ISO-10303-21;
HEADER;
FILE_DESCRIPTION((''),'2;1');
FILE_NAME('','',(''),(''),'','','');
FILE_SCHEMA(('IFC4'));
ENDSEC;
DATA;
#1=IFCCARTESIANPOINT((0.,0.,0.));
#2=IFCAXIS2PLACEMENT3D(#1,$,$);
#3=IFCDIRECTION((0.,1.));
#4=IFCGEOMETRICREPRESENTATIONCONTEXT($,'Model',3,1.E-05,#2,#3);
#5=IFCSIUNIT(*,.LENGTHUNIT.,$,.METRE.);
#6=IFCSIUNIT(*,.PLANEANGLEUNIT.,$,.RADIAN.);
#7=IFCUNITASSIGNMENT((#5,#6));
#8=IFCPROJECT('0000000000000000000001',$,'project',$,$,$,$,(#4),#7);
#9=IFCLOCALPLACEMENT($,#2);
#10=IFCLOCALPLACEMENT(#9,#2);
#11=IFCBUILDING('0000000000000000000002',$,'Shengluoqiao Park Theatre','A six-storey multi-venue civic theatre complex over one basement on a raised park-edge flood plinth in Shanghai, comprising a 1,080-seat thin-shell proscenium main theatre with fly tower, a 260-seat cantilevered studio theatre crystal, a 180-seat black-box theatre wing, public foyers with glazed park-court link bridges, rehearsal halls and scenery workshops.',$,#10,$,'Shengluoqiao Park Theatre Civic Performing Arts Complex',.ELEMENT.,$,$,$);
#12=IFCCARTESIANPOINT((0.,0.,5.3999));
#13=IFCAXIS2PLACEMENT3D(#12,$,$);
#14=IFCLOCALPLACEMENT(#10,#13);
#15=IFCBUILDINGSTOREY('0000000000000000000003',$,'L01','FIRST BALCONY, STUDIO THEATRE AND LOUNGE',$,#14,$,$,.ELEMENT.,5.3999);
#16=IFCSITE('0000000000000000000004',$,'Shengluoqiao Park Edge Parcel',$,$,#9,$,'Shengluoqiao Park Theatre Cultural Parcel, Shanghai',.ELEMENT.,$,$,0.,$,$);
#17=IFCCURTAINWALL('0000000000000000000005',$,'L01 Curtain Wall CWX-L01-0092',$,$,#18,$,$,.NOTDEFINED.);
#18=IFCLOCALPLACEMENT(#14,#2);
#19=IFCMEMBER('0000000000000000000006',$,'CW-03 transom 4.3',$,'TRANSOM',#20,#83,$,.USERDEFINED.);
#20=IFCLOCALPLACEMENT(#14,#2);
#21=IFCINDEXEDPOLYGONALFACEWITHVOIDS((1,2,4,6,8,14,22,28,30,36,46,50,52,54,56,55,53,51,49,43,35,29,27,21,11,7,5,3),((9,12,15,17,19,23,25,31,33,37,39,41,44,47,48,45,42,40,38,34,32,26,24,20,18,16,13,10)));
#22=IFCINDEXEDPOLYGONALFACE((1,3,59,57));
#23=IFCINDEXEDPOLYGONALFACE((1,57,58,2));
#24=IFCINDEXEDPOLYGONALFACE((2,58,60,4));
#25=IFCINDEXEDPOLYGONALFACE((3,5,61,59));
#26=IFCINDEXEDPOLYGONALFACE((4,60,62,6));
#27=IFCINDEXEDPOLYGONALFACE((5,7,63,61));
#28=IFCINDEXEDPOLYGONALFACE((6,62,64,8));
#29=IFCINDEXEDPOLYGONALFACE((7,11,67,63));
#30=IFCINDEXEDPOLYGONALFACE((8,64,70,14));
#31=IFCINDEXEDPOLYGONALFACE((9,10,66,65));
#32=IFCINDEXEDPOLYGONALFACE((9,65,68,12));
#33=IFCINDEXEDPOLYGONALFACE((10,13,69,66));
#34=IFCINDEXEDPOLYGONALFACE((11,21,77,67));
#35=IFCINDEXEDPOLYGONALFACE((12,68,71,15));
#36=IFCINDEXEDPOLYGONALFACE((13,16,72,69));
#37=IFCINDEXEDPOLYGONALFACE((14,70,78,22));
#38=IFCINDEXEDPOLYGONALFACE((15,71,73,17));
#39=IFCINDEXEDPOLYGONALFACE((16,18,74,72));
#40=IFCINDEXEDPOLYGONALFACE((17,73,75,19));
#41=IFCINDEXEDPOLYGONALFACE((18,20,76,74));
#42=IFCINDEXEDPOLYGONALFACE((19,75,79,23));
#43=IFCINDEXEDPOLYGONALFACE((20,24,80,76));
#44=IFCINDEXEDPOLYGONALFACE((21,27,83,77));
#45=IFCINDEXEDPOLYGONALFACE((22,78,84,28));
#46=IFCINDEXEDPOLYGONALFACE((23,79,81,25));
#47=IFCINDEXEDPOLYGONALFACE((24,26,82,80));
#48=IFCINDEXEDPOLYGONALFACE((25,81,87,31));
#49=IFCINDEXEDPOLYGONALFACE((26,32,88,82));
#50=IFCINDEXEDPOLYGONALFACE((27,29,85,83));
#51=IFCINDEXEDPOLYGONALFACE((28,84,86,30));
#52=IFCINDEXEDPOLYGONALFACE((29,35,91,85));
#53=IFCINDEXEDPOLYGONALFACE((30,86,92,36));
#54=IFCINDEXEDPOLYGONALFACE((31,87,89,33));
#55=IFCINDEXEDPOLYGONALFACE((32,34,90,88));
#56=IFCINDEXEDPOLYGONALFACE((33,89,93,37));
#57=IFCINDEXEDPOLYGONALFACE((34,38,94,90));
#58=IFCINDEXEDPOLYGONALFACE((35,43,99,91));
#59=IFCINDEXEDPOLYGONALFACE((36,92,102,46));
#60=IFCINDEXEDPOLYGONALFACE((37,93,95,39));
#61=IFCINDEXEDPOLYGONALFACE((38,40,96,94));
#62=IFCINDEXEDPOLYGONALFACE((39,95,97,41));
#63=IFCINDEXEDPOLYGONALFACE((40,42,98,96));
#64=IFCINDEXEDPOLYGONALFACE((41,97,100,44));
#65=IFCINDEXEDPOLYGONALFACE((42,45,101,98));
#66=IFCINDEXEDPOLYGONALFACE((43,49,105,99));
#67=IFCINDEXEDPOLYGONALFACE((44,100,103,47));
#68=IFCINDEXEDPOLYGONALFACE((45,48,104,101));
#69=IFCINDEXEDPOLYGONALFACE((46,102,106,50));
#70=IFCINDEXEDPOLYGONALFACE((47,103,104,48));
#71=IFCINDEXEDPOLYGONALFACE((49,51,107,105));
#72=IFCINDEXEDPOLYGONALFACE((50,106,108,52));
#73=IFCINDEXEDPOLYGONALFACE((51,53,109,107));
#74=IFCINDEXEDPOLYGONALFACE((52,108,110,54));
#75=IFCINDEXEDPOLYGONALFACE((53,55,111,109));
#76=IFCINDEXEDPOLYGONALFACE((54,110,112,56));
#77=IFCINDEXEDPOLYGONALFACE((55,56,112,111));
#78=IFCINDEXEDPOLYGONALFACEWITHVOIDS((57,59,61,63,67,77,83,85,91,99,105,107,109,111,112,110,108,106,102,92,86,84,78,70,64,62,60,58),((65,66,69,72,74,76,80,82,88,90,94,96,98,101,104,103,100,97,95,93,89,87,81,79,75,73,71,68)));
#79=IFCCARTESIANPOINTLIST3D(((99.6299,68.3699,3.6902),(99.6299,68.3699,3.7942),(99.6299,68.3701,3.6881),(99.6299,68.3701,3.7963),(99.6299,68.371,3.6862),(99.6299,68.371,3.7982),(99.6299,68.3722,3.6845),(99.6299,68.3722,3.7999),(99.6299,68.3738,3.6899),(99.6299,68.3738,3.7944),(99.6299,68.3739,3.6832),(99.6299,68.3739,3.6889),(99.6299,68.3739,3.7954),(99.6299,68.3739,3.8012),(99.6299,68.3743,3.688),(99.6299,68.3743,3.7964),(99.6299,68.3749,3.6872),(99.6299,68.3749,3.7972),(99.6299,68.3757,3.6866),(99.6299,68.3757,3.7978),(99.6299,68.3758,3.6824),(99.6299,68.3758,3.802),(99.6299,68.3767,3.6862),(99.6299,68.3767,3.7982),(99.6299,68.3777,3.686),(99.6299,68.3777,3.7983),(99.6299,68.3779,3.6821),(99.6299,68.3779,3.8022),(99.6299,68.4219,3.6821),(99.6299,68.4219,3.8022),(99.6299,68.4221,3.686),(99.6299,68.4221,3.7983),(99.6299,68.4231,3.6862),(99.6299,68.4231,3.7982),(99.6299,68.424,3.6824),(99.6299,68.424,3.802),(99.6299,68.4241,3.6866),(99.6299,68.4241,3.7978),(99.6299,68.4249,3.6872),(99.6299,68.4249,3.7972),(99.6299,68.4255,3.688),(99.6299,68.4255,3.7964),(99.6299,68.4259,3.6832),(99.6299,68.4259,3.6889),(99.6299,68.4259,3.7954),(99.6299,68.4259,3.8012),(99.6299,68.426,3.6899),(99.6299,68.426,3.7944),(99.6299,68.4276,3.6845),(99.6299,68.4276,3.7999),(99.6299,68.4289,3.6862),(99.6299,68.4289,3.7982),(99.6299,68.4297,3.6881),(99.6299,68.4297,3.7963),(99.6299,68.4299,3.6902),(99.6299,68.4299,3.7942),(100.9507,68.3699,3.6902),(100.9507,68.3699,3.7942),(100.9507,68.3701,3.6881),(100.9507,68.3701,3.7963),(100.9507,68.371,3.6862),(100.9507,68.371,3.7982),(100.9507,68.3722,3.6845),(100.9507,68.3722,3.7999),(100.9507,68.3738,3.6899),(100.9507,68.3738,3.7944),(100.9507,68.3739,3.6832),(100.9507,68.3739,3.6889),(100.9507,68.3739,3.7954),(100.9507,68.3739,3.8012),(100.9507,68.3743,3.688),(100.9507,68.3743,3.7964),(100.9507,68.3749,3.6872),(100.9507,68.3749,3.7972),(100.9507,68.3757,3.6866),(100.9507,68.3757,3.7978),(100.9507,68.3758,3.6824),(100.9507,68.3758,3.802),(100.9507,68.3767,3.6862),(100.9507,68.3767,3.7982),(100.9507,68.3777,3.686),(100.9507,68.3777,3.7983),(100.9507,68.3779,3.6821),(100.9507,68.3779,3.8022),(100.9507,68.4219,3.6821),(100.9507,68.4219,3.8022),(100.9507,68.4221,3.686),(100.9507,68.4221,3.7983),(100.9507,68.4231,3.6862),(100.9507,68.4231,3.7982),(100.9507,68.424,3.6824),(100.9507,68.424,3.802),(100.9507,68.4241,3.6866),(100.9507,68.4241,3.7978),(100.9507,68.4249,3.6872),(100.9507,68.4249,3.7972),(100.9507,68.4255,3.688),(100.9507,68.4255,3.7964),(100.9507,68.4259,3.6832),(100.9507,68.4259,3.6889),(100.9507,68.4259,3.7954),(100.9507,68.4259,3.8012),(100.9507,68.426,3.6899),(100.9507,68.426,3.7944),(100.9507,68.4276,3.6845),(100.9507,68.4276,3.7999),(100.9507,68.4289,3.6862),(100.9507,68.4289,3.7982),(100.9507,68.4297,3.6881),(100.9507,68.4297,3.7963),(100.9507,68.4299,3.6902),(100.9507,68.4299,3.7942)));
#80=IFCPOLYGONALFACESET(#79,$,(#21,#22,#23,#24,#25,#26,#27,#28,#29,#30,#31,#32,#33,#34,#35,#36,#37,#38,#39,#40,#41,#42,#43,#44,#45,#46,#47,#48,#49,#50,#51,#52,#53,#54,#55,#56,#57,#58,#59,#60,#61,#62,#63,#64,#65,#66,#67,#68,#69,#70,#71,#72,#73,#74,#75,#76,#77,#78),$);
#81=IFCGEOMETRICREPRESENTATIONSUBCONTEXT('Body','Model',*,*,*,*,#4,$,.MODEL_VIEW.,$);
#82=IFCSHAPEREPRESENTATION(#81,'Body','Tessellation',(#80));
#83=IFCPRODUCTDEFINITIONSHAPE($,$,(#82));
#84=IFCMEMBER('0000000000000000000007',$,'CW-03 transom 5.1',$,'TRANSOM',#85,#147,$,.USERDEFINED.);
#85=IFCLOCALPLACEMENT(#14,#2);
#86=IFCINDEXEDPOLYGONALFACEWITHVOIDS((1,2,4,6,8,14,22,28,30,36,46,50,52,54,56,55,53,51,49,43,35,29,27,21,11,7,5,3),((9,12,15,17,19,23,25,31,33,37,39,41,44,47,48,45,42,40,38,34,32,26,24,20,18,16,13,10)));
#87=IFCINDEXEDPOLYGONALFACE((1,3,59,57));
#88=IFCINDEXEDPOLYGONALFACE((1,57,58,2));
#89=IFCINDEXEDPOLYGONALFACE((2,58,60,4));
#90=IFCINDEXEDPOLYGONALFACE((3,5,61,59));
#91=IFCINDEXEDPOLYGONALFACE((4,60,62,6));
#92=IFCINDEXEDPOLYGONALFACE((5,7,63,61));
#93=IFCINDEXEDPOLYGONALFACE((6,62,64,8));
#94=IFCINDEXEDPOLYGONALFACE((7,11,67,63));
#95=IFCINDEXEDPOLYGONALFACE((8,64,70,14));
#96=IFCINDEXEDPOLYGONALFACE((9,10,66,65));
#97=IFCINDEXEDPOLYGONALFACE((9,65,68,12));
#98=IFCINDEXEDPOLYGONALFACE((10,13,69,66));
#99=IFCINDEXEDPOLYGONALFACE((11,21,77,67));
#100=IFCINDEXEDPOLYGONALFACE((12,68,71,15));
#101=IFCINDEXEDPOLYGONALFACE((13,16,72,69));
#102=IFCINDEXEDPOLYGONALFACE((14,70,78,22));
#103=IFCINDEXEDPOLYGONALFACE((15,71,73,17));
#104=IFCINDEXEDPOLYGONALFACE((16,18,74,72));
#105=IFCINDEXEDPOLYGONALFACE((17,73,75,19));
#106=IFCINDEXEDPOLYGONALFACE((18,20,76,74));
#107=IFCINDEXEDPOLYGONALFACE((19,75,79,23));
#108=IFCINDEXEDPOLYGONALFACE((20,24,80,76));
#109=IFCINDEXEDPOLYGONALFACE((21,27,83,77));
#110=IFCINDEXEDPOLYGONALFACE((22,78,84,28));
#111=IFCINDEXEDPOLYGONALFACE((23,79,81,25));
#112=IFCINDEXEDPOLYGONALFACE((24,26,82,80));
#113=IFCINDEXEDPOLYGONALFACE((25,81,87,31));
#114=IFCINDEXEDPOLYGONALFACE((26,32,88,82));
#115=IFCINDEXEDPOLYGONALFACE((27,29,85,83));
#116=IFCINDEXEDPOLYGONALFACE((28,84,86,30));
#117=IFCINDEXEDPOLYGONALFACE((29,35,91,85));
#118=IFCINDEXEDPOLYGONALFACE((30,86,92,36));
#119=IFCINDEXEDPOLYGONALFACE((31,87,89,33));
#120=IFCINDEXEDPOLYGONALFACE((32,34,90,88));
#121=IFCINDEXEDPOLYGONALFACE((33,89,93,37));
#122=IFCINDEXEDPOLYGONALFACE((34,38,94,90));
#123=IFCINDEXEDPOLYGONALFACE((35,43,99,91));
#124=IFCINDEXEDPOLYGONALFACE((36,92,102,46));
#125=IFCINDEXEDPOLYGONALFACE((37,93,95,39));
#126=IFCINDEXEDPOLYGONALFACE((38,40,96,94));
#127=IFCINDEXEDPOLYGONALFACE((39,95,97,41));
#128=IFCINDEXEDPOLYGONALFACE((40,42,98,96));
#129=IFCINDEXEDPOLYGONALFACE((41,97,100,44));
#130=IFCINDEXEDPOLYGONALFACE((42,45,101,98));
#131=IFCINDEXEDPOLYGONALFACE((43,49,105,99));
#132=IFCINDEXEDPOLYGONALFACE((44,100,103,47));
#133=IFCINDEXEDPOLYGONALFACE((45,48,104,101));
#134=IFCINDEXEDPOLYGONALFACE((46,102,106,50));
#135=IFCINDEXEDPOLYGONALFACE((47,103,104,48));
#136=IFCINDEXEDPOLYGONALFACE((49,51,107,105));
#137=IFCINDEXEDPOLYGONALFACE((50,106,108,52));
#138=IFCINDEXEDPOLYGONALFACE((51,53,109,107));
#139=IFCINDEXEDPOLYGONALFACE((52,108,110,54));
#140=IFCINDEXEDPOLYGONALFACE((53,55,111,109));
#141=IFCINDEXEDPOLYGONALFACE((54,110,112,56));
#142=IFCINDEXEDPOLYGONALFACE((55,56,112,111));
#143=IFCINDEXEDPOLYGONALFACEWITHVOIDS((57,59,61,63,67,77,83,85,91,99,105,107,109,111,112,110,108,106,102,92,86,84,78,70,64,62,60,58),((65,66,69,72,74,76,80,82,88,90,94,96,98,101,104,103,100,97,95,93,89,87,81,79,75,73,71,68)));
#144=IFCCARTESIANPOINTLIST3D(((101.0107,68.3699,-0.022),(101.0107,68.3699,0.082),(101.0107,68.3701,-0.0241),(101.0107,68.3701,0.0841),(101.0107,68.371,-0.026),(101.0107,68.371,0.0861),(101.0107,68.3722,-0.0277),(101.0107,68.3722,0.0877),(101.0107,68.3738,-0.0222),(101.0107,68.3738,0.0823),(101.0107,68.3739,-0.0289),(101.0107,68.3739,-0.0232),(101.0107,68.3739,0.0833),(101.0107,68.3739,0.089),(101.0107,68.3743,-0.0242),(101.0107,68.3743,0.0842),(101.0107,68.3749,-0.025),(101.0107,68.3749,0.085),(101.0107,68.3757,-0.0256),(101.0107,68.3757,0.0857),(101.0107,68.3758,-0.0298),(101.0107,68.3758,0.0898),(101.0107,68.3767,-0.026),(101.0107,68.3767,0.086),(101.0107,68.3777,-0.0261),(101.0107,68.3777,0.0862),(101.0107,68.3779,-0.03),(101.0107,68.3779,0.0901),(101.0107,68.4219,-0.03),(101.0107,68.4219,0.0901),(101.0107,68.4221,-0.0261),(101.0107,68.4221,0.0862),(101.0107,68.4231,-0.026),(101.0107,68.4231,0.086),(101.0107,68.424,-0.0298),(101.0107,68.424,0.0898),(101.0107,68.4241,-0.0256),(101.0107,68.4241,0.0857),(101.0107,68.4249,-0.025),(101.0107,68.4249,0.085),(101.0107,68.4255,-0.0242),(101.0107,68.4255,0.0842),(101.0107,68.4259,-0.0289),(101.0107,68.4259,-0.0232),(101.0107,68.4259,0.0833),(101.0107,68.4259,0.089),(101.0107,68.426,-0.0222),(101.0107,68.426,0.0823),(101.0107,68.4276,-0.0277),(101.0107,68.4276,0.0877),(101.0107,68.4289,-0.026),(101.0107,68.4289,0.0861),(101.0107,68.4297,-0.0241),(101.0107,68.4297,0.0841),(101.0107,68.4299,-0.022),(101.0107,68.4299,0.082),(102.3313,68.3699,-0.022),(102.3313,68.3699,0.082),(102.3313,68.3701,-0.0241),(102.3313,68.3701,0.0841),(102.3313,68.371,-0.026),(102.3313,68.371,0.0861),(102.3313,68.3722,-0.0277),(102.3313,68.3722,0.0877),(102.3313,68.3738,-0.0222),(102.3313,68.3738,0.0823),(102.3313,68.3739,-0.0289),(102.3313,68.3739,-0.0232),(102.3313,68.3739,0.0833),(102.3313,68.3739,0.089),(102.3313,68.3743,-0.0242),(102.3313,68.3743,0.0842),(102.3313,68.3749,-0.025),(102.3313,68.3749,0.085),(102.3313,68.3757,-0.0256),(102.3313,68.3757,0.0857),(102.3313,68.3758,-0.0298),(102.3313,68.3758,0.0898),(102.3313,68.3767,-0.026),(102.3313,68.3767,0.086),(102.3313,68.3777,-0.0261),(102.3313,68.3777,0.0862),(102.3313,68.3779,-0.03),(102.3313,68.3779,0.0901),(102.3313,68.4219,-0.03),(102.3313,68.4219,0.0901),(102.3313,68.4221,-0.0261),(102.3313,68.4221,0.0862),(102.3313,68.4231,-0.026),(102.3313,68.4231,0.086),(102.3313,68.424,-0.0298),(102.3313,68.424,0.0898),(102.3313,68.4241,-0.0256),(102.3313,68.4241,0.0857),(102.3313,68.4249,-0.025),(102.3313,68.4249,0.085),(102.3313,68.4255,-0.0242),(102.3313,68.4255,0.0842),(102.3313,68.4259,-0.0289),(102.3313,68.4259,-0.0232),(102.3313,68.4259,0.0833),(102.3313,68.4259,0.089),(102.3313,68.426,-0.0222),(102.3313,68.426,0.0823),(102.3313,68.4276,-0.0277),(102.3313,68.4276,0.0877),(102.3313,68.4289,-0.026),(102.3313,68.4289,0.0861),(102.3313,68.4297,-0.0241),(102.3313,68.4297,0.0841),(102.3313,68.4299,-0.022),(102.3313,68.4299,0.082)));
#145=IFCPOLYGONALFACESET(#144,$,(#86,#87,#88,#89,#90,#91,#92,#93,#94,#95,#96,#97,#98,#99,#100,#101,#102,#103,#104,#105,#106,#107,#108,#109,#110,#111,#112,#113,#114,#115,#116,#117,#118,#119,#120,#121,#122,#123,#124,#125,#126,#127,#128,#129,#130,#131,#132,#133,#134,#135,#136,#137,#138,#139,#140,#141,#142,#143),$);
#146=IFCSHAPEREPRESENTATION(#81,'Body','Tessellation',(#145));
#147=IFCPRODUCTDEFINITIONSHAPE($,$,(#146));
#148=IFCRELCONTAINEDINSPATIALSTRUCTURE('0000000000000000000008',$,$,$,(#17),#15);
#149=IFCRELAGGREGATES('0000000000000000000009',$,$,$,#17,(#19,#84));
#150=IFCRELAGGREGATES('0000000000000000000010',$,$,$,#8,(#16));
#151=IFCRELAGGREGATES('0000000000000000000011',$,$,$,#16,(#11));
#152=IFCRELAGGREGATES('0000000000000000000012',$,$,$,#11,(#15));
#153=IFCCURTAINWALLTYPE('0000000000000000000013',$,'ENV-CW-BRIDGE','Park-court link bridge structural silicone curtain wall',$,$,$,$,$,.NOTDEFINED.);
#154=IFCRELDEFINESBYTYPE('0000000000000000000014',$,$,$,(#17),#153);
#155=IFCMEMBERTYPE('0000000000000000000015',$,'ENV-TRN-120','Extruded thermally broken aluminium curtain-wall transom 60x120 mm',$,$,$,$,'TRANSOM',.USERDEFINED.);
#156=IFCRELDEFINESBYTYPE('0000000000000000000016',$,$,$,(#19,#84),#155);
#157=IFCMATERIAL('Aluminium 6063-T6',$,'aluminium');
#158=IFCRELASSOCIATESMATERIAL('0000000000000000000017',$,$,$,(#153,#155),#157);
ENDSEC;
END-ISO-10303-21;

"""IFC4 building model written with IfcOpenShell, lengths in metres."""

from ifc_helpers import new_model, si_unit, direction, frame, origin, origin_2d, place, context, subcontext, project, spatial, hollow_rectangle, extrude, material, material_profile, profile_set, type_object, element, aggregate, save


model = new_model("IFC4")

# Units and contexts
model_context = context("Model", 3, precision=1e-05, world=origin(), true_north=direction((0.0, 1.0)))
body_context = subcontext(model_context, "Body", "Model", "MODEL_VIEW")
ifc_project = project(units=[si_unit("LENGTHUNIT", "METRE"), si_unit("PLANEANGLEUNIT", "RADIAN")], contexts=[model_context])

# Site, building, storey
site_placement = place(None, origin())
site = spatial("IfcSite", under=ifc_project, at=site_placement, Name="Shengluoqiao Park Edge Parcel", LongName="Shengluoqiao Park Theatre Cultural Parcel, Shanghai", CompositionType="ELEMENT", RefElevation=0.0)
building_placement = place(site_placement, origin())
building = spatial("IfcBuilding", under=site, at=building_placement, Name="Shengluoqiao Park Theatre", Description="A six-storey multi-venue civic theatre complex over one basement on a raised park-edge flood plinth in Shanghai, comprising a 1,080-seat thin-shell proscenium main theatre with fly tower, a 260-seat cantilevered studio theatre crystal, a 180-seat black-box theatre wing, public foyers with glazed park-court link bridges, rehearsal halls and scenery workshops.", LongName="Shengluoqiao Park Theatre Civic Performing Arts Complex", CompositionType="ELEMENT")
storey_placement = place(building_placement, frame((0.0, 0.0, 5.3999)))
storey = spatial("IfcBuildingStorey", under=building, at=storey_placement, Name="L01", Description="FIRST BALCONY, STUDIO THEATRE AND LOUNGE", CompositionType="ELEMENT", Elevation=5.3999)

# Curtain wall
ifc_material_1 = material(Name="Aluminium 6063-T6", Category="aluminium")
curtain_wall_type = type_object("IfcCurtainWallType", Name="ENV-CW-BRIDGE", Description="Park-court link bridge structural silicone curtain wall", PredefinedType="NOTDEFINED", material=ifc_material_1)
curtain_wall_1_placement = place(storey_placement, origin())
curtain_wall_1 = element("IfcCurtainWall", 1, at=curtain_wall_1_placement, inside=storey, type_object=curtain_wall_type, Name="L01 Curtain Wall CWX-L01-0092", PredefinedType="NOTDEFINED")

# Members
ifc_material_profile_1 = material_profile(ifc_material_1, hollow_rectangle(XDim=0.0601, YDim=0.1201, WallThickness=0.0039, InnerFilletRadius=0.0039, OuterFilletRadius=0.0081, at=origin_2d()), Name="ALU TRANSOM 120x60x4")
ifc_profile_set_1 = profile_set([ifc_material_profile_1], Name="Aluminium 6063-T6")
member_type_1 = type_object("IfcMemberType", Name="ENV-TRN-120", Description="Extruded thermally broken aluminium curtain-wall transom 60x120 mm", ElementType="TRANSOM", PredefinedType="USERDEFINED", material=ifc_profile_set_1)
member_1_placement = place(storey_placement, frame((99.6299, 68.3999, 3.7422), z_axis=(1.0, 0.0, 0.0), x_axis=(0.0, 1.0, 0.0)))
member_1 = element("IfcMember", 2, at=member_1_placement, type_object=member_type_1, Name="CW-03 transom 4.3", ObjectType="TRANSOM", PredefinedType="USERDEFINED", context=body_context, shape_type="SweptSolid", body=[
    extrude(hollow_rectangle(XDim=0.0601, YDim=0.1201, WallThickness=0.0039, InnerFilletRadius=0.0039, OuterFilletRadius=0.0081, at=origin_2d()), origin(), (0.0, 0.0, 1.0), 1.3208),
])
member_2_placement = place(storey_placement, frame((101.0107, 68.3999, 0.03), z_axis=(1.0, 0.0, 0.0), x_axis=(0.0, 1.0, 0.0)))
member_2 = element("IfcMember", 3, at=member_2_placement, type_object=member_type_1, Name="CW-03 transom 5.1", ObjectType="TRANSOM", PredefinedType="USERDEFINED", context=body_context, shape_type="SweptSolid", body=[
    extrude(hollow_rectangle(XDim=0.0601, YDim=0.1201, WallThickness=0.0039, InnerFilletRadius=0.0039, OuterFilletRadius=0.0081, at=origin_2d()), origin(), (0.0, 0.0, 1.0), 1.3206),
])

aggregate(curtain_wall_1, [member_1, member_2])

save(model, "model.ifc")
